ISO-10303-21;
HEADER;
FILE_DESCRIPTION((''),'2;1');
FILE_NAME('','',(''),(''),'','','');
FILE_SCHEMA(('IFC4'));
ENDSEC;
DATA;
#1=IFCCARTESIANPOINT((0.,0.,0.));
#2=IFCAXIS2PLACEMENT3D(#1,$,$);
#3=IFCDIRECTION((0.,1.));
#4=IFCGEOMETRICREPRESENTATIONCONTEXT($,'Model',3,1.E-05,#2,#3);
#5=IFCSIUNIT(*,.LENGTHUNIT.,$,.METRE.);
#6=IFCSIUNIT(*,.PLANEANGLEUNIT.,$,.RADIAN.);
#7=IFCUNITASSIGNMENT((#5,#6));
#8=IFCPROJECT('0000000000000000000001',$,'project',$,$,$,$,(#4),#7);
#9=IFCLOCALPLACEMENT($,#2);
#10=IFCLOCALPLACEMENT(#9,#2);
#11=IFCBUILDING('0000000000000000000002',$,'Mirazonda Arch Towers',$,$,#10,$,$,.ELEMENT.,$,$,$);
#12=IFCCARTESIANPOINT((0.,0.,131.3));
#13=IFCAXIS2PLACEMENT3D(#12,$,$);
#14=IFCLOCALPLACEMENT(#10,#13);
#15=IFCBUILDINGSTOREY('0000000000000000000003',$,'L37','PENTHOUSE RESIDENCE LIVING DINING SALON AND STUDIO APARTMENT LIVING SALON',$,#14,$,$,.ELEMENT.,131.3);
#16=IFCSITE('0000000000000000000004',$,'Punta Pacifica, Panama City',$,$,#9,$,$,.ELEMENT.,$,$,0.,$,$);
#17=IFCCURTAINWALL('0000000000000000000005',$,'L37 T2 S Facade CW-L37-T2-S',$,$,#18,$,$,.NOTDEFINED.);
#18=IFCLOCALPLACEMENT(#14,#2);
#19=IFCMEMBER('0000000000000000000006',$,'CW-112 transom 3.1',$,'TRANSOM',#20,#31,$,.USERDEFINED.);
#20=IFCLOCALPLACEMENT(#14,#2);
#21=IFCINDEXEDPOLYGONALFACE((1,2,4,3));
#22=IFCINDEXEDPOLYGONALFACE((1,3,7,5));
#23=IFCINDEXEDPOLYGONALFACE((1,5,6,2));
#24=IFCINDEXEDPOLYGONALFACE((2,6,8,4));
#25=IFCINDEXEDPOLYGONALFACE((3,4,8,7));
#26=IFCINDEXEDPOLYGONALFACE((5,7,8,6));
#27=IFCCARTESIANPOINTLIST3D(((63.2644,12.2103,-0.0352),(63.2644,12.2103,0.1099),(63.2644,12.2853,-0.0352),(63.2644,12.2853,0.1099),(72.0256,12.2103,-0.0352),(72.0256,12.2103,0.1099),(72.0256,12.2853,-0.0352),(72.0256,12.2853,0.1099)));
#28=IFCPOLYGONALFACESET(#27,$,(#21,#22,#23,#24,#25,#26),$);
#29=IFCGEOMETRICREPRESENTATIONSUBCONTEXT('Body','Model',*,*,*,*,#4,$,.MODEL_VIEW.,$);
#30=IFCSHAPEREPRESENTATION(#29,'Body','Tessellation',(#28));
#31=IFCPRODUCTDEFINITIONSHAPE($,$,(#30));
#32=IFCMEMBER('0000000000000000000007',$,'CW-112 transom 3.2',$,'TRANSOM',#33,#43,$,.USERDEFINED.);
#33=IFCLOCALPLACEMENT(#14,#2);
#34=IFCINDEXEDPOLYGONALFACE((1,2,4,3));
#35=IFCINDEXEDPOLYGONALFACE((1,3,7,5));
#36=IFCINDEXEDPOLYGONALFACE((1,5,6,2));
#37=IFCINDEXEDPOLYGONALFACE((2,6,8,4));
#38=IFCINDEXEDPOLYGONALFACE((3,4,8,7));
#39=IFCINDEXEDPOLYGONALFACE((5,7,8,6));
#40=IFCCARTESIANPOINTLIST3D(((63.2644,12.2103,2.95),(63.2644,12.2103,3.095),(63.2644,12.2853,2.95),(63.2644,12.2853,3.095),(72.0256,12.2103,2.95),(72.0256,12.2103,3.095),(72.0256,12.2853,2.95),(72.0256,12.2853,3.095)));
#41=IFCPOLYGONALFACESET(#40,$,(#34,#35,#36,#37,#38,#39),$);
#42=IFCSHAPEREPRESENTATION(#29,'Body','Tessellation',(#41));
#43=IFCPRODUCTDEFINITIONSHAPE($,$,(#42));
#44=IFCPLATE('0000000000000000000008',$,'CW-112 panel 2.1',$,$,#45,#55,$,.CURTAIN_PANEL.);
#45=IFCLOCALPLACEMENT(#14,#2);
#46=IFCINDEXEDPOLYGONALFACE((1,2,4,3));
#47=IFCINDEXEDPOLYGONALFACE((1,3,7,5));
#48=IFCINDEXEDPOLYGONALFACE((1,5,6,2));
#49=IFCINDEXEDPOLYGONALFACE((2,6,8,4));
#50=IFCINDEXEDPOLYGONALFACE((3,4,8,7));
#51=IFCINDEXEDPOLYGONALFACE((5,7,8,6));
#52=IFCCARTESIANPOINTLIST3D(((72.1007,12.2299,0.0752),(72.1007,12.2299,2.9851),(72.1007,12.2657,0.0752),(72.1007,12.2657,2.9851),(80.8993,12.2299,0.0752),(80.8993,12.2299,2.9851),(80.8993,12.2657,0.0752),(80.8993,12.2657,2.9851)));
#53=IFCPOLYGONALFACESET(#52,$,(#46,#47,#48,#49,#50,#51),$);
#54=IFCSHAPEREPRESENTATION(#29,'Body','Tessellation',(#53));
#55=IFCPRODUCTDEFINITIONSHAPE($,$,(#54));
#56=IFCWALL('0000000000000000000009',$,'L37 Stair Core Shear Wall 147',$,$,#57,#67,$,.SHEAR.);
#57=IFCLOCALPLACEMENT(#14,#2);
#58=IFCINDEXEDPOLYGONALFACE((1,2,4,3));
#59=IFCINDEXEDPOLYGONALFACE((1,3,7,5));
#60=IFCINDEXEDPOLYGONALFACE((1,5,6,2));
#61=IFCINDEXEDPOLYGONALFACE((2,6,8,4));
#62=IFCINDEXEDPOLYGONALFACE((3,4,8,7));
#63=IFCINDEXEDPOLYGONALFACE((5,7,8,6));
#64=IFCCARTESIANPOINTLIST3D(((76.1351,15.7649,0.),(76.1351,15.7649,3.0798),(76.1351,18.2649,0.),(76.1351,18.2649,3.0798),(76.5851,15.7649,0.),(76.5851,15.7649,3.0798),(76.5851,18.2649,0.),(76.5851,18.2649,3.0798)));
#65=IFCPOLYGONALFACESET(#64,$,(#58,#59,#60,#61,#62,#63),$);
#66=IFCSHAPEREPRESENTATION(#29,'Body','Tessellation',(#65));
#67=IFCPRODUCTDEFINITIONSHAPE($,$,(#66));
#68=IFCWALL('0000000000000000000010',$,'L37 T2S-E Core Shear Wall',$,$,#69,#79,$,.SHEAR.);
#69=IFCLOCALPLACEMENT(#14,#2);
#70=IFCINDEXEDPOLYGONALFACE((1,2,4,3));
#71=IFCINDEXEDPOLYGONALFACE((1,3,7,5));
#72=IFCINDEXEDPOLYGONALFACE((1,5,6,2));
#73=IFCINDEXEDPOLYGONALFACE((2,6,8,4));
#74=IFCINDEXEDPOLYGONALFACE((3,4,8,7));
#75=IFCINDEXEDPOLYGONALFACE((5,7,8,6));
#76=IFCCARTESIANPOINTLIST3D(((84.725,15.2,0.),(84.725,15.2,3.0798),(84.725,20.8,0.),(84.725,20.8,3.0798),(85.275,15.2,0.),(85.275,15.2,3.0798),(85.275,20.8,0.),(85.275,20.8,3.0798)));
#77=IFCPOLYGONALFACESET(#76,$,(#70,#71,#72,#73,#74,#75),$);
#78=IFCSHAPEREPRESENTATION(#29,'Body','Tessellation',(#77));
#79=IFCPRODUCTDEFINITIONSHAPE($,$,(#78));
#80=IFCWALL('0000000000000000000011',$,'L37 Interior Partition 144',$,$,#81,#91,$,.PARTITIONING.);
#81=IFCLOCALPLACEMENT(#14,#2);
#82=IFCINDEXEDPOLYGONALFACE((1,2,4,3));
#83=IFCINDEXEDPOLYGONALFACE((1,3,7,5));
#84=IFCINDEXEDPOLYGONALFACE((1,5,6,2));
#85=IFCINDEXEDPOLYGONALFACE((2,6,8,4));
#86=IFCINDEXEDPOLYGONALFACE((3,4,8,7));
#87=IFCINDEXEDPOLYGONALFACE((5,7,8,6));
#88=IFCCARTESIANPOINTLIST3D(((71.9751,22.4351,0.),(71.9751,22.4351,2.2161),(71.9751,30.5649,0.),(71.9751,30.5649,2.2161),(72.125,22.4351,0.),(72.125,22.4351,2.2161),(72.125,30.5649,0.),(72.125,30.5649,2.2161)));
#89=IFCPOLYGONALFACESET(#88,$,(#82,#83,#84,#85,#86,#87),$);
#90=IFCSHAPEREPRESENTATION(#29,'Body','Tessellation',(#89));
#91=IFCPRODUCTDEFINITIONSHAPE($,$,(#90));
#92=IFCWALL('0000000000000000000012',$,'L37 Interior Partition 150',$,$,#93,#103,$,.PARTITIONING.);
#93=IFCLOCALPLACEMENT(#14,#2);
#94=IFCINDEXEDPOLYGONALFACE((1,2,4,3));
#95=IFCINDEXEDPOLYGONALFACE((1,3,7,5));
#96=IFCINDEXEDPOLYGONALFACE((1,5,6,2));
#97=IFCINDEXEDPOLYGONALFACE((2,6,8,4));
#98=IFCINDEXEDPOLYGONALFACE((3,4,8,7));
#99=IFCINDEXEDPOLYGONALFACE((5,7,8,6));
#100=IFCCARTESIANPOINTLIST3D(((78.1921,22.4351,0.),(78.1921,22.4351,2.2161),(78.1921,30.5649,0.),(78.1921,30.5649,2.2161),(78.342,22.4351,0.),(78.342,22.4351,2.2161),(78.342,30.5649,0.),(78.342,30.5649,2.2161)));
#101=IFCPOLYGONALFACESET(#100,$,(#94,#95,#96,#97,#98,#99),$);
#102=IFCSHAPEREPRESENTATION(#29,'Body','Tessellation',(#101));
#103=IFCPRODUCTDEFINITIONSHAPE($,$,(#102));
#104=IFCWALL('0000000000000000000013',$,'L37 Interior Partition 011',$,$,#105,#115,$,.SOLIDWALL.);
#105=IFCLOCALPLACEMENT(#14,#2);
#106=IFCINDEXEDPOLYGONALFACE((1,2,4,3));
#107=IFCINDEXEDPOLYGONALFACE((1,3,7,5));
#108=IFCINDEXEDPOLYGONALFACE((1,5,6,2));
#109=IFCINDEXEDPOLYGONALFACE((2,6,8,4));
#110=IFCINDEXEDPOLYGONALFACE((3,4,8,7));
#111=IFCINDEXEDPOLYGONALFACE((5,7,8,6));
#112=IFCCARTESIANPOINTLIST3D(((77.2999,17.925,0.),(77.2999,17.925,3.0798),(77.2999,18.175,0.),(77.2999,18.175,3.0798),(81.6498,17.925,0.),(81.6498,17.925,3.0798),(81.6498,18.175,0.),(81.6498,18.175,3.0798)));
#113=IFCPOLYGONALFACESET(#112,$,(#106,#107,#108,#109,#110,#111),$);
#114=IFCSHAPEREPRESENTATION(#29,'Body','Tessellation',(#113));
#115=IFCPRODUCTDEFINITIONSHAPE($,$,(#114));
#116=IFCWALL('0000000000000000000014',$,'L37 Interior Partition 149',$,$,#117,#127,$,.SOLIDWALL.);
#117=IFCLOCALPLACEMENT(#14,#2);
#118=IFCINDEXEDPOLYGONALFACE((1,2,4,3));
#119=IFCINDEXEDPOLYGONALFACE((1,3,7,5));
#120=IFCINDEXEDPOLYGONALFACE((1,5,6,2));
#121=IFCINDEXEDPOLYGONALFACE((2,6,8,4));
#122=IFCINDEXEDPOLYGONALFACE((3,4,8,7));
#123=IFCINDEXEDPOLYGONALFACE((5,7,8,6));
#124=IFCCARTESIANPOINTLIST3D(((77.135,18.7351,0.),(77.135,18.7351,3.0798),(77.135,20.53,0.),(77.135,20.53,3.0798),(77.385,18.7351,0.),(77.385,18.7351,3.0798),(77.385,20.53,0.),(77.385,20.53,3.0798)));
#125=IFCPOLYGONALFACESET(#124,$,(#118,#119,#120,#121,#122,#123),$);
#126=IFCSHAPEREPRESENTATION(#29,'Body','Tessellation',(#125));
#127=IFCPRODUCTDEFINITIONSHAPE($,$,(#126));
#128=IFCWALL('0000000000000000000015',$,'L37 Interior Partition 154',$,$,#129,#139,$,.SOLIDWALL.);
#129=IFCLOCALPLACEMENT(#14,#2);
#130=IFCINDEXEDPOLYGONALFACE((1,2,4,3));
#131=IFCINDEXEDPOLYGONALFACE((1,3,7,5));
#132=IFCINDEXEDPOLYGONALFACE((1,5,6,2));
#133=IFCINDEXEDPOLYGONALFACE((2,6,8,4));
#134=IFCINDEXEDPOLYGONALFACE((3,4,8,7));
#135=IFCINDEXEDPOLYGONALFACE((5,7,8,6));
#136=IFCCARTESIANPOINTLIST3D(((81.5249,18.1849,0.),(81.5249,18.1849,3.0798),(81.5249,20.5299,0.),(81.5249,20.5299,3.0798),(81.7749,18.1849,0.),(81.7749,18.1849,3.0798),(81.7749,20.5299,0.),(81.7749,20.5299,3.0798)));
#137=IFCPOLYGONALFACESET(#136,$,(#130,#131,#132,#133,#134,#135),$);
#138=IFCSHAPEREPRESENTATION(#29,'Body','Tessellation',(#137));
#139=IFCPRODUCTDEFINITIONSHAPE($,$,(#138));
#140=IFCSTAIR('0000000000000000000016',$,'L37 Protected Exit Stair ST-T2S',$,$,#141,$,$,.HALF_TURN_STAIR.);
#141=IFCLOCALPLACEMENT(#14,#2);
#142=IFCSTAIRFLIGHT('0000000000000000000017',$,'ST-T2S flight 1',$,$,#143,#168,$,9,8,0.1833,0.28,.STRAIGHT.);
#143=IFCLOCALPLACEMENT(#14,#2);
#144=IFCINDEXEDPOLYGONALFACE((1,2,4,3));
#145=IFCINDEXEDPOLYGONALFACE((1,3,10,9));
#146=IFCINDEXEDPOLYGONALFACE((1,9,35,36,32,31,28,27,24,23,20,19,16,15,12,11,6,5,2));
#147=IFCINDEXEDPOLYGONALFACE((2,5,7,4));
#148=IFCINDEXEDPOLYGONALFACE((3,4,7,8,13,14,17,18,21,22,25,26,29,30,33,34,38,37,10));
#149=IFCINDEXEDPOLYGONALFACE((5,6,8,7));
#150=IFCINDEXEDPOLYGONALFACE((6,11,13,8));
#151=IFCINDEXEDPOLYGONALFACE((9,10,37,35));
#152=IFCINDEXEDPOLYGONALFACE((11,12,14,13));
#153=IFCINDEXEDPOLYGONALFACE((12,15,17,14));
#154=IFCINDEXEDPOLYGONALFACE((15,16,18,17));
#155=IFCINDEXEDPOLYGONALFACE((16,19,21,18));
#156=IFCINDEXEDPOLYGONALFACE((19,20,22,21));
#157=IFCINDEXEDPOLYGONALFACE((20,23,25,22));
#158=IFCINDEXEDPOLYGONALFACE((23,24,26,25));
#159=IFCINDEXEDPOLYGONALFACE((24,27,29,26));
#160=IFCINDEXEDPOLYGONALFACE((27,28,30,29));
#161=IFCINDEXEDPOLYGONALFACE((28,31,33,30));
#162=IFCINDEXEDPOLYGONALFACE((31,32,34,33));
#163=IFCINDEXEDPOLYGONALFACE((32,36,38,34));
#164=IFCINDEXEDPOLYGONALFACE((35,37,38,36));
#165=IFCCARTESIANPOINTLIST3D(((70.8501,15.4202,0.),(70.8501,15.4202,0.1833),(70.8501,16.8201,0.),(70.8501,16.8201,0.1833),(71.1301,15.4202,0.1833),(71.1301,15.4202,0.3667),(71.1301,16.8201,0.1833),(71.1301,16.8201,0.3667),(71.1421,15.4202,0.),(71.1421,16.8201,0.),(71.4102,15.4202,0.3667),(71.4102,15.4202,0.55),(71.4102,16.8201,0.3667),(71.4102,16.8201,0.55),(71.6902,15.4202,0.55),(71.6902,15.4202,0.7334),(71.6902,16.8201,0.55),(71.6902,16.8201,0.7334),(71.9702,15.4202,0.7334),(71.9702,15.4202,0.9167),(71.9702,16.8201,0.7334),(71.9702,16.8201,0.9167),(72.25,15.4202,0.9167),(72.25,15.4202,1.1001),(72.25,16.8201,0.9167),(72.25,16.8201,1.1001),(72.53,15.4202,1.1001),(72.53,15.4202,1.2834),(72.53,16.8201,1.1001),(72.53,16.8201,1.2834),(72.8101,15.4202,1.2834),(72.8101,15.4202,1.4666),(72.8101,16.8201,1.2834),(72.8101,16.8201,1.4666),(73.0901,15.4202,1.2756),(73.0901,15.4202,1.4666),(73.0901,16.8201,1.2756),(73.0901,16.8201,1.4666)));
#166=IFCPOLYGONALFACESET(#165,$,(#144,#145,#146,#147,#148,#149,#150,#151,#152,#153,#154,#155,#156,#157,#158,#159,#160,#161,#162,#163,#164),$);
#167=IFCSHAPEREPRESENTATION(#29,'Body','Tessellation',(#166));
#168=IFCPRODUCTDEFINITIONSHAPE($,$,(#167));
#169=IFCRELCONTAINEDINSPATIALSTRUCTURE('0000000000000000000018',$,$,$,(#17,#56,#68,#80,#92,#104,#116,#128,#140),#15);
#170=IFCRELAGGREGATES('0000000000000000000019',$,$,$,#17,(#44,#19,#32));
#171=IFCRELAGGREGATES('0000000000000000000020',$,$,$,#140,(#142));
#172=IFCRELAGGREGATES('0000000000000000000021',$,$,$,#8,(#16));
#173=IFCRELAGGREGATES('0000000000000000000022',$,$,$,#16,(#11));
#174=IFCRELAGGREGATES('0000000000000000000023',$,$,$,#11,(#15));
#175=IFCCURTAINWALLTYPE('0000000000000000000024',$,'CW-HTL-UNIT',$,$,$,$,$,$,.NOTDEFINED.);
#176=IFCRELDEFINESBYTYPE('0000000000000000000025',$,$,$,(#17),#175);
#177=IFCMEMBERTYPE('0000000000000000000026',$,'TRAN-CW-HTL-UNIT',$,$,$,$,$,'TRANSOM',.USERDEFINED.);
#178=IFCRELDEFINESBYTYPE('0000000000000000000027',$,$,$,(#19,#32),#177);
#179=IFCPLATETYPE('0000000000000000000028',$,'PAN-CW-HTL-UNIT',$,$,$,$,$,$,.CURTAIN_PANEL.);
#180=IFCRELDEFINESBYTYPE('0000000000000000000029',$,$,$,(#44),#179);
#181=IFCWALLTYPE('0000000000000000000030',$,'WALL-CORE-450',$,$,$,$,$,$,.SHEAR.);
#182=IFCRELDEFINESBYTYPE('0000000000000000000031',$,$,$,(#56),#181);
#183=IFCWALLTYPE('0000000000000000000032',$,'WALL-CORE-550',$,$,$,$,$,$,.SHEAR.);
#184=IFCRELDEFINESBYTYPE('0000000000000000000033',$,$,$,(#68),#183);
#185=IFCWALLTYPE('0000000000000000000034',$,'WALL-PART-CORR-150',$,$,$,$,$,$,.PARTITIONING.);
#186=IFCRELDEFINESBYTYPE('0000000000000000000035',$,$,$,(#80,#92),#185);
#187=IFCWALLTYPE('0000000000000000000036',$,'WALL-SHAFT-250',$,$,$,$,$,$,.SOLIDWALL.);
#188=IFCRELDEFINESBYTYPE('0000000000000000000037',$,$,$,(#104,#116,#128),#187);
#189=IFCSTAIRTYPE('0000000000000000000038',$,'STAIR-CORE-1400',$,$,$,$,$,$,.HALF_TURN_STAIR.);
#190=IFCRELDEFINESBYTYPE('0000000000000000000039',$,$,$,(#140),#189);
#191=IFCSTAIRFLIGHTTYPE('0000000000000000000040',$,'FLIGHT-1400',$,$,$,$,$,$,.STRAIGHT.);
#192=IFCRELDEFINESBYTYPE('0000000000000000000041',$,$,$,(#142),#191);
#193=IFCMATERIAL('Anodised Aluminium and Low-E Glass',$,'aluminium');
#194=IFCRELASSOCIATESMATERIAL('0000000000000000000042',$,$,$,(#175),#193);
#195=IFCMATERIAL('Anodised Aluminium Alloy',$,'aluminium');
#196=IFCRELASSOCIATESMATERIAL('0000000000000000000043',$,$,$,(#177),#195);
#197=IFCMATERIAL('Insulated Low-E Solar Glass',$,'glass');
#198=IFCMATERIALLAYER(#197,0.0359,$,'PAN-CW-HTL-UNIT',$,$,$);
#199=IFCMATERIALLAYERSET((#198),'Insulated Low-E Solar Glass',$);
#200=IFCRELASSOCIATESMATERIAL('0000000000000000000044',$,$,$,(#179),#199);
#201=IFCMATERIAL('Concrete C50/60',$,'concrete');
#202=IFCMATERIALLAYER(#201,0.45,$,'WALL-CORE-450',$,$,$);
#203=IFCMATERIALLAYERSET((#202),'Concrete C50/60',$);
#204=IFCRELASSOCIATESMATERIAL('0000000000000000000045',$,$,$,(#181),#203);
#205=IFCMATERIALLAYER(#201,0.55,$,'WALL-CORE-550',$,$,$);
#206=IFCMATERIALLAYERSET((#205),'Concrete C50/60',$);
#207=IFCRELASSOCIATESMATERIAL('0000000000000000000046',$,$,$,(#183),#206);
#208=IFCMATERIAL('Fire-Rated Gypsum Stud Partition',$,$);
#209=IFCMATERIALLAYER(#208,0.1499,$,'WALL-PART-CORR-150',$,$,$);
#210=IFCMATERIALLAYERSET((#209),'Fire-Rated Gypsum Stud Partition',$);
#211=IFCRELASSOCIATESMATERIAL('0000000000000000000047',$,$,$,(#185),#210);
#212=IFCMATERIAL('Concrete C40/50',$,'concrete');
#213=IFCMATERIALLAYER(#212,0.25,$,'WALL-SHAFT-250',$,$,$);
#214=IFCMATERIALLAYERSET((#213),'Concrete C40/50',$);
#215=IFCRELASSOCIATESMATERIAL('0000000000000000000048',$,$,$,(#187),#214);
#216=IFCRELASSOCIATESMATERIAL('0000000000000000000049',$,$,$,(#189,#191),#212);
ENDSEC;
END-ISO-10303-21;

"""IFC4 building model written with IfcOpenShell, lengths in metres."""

from ifc_helpers import new_model, si_unit, direction, frame, frame_2d, origin, origin_2d, place, context, subcontext, project, spatial, polyline, rectangle, outline, extrude, material, layer, layer_set, material_profile, profile_set, type_object, element, aggregate, save


model = new_model("IFC4")

# Units and contexts
model_context = context("Model", 3, precision=1e-05, world=origin(), true_north=direction((0.0, 1.0)))
body_context = subcontext(model_context, "Body", "Model", "MODEL_VIEW")
ifc_project = project(units=[si_unit("LENGTHUNIT", "METRE"), si_unit("PLANEANGLEUNIT", "RADIAN")], contexts=[model_context])

# Site, building, storey
site_placement = place(None, origin())
site = spatial("IfcSite", under=ifc_project, at=site_placement, Name="Punta Pacifica, Panama City", CompositionType="ELEMENT", RefElevation=0.0)
building_placement = place(site_placement, origin())
building = spatial("IfcBuilding", under=site, at=building_placement, Name="Mirazonda Arch Towers", CompositionType="ELEMENT")
storey_placement = place(building_placement, frame((0.0, 0.0, 131.3)))
storey = spatial("IfcBuildingStorey", under=building, at=storey_placement, Name="L37", Description="PENTHOUSE RESIDENCE LIVING DINING SALON AND STUDIO APARTMENT LIVING SALON", CompositionType="ELEMENT", Elevation=131.3)

# Shared definitions
ifc_material_1 = material(Name="Concrete C50/60", Category="concrete")

# Curtain wall, members, plate
ifc_material_2 = material(Name="Anodised Aluminium and Low-E Glass", Category="aluminium")
curtain_wall_type = type_object("IfcCurtainWallType", Name="CW-HTL-UNIT", PredefinedType="NOTDEFINED", material=ifc_material_2)
curtain_wall_placement = place(storey_placement, origin())
curtain_wall = element("IfcCurtainWall", 1, at=curtain_wall_placement, inside=storey, type_object=curtain_wall_type, Name="L37 T2 S Facade CW-L37-T2-S", PredefinedType="NOTDEFINED")
ifc_material_3 = material(Name="Anodised Aluminium Alloy", Category="aluminium")
ifc_material_profile_1 = material_profile(ifc_material_3, rectangle(XDim=0.075, YDim=0.145, at=origin_2d()), Name="ALU-TRAN-75x145")
ifc_profile_set_1 = profile_set([ifc_material_profile_1], Name="Anodised Aluminium Alloy")
member_type_1 = type_object("IfcMemberType", Name="TRAN-CW-HTL-UNIT", ElementType="TRANSOM", PredefinedType="USERDEFINED", material=ifc_profile_set_1)
member_1_placement = place(storey_placement, frame((72.0256, 12.2478, 0.0374), z_axis=(-1.0, 0.0, 0.0), x_axis=(0.0, -1.0, 0.0)))
member_1 = element("IfcMember", 2, at=member_1_placement, type_object=member_type_1, Name="CW-112 transom 3.1", ObjectType="TRANSOM", PredefinedType="USERDEFINED", context=body_context, shape_type="SweptSolid", body=[
    extrude(rectangle(XDim=0.075, YDim=0.145, at=origin_2d()), origin(), (0.0, 0.0, 1.0), 8.7612),
])
member_2_placement = place(storey_placement, frame((72.0256, 12.2478, 3.0225), z_axis=(-1.0, 0.0, 0.0), x_axis=(0.0, -1.0, 0.0)))
member_2 = element("IfcMember", 3, at=member_2_placement, type_object=member_type_1, Name="CW-112 transom 3.2", ObjectType="TRANSOM", PredefinedType="USERDEFINED", context=body_context, shape_type="SweptSolid", body=[
    extrude(rectangle(XDim=0.075, YDim=0.145, at=origin_2d()), origin(), (0.0, 0.0, 1.0), 8.7612),
])
ifc_material_4 = material(Name="Insulated Low-E Solar Glass", Category="glass")
ifc_layer_1 = layer(ifc_material_4, 0.0359, Name="PAN-CW-HTL-UNIT")
ifc_layer_set_1 = layer_set([ifc_layer_1], Name="Insulated Low-E Solar Glass")
plate_type = type_object("IfcPlateType", Name="PAN-CW-HTL-UNIT", PredefinedType="CURTAIN_PANEL", material=ifc_layer_set_1)
plate_placement = place(storey_placement, frame((76.5, 12.2478, 0.0752), z_axis=(0.0, 0.0, 1.0), x_axis=(-1.0, 0.0, 0.0)))
plate = element("IfcPlate", 4, at=plate_placement, type_object=plate_type, Name="CW-112 panel 2.1", PredefinedType="CURTAIN_PANEL", context=body_context, shape_type="SweptSolid", body=[
    extrude(rectangle(XDim=8.7986, YDim=0.0359, at=origin_2d()), origin(), (0.0, 0.0, 1.0), 2.9099),
])
aggregate(curtain_wall, [plate, member_1, member_2])

# Walls
ifc_layer_2 = layer(ifc_material_1, 0.45, Name="WALL-CORE-450")
ifc_layer_set_2 = layer_set([ifc_layer_2], Name="Concrete C50/60")
wall_type_1 = type_object("IfcWallType", Name="WALL-CORE-450", PredefinedType="SHEAR", material=ifc_layer_set_2)
wall_1_placement = place(storey_placement, frame((76.3601, 15.7649, 0.0), z_axis=(0.0, 0.0, 1.0), x_axis=(0.0, 1.0, 0.0)))
element("IfcWall", 5, at=wall_1_placement, inside=storey, type_object=wall_type_1, Name="L37 Stair Core Shear Wall 147", PredefinedType="SHEAR", context=body_context, shape_type="SweptSolid", body=[
    extrude(rectangle(XDim=2.5, YDim=0.45, at=frame_2d((1.25, 0.0))), origin(), (0.0, 0.0, 1.0), 3.0798),
])
ifc_layer_3 = layer(ifc_material_1, 0.55, Name="WALL-CORE-550")
ifc_layer_set_3 = layer_set([ifc_layer_3], Name="Concrete C50/60")
wall_type_2 = type_object("IfcWallType", Name="WALL-CORE-550", PredefinedType="SHEAR", material=ifc_layer_set_3)
wall_2_placement = place(storey_placement, frame((85.0, 15.2, 0.0), z_axis=(0.0, 0.0, 1.0), x_axis=(0.0, 1.0, 0.0)))
element("IfcWall", 6, at=wall_2_placement, inside=storey, type_object=wall_type_2, Name="L37 T2S-E Core Shear Wall", PredefinedType="SHEAR", context=body_context, shape_type="SweptSolid", body=[
    extrude(rectangle(XDim=5.6001, YDim=0.55, at=frame_2d((2.8, 0.0))), origin(), (0.0, 0.0, 1.0), 3.0798),
])
ifc_material_5 = material(Name="Fire-Rated Gypsum Stud Partition")
ifc_layer_4 = layer(ifc_material_5, 0.1499, Name="WALL-PART-CORR-150")
ifc_layer_set_4 = layer_set([ifc_layer_4], Name="Fire-Rated Gypsum Stud Partition")
wall_type_3 = type_object("IfcWallType", Name="WALL-PART-CORR-150", PredefinedType="PARTITIONING", material=ifc_layer_set_4)
for number, where, z_axis, x_axis, name in (
    (7, (72.05, 22.4351, 0.0), (0.0, 0.0, 1.0), (0.0, 1.0, 0.0), "L37 Interior Partition 144"),
    (8, (78.2671, 22.4351, 0.0), (0.0, 0.0, 1.0), (0.0, 1.0, 0.0), "L37 Interior Partition 150"),
):
    element("IfcWall", number, at=place(storey_placement, frame(where, z_axis=z_axis, x_axis=x_axis)), inside=storey, type_object=wall_type_3, Name=name, PredefinedType="PARTITIONING", context=body_context, shape_type="SweptSolid", body=[
        extrude(rectangle(XDim=8.1299, YDim=0.1499, at=frame_2d((4.0649, 0.0))), origin(), (0.0, 0.0, 1.0), 2.2161),
    ])
ifc_material_6 = material(Name="Concrete C40/50", Category="concrete")
ifc_layer_5 = layer(ifc_material_6, 0.25, Name="WALL-SHAFT-250")
ifc_layer_set_5 = layer_set([ifc_layer_5], Name="Concrete C40/50")
wall_type_4 = type_object("IfcWallType", Name="WALL-SHAFT-250", PredefinedType="SOLIDWALL", material=ifc_layer_set_5)
wall_3_placement = place(storey_placement, frame((77.3, 18.05, 0.0), z_axis=(0.0, 0.0, 1.0), x_axis=(1.0, 0.0, 0.0)))
element("IfcWall", 9, at=wall_3_placement, inside=storey, type_object=wall_type_4, Name="L37 Interior Partition 011", PredefinedType="SOLIDWALL", context=body_context, shape_type="SweptSolid", body=[
    extrude(rectangle(XDim=4.3499, YDim=0.25, at=frame_2d((2.1748, 0.0))), origin(), (0.0, 0.0, 1.0), 3.0798),
])
wall_4_placement = place(storey_placement, frame((77.26, 18.7351, 0.0), z_axis=(0.0, 0.0, 1.0), x_axis=(0.0, 1.0, 0.0)))
element("IfcWall", 10, at=wall_4_placement, inside=storey, type_object=wall_type_4, Name="L37 Interior Partition 149", PredefinedType="SOLIDWALL", context=body_context, shape_type="SweptSolid", body=[
    extrude(rectangle(XDim=1.7949, YDim=0.25, at=frame_2d((0.8975, 0.0))), origin(), (0.0, 0.0, 1.0), 3.0798),
])
wall_5_placement = place(storey_placement, frame((81.6499, 18.1851, 0.0), z_axis=(0.0, 0.0, 1.0), x_axis=(0.0, 1.0, 0.0)))
element("IfcWall", 11, at=wall_5_placement, inside=storey, type_object=wall_type_4, Name="L37 Interior Partition 154", PredefinedType="SOLIDWALL", context=body_context, shape_type="SweptSolid", body=[
    extrude(rectangle(XDim=2.345, YDim=0.25, at=frame_2d((1.1724, 0.0))), origin(), (0.0, 0.0, 1.0), 3.0798),
])

# Stair, stair flight
stair_type = type_object("IfcStairType", Name="STAIR-CORE-1400", PredefinedType="HALF_TURN_STAIR", material=ifc_material_6)
stair_placement = place(storey_placement, origin())
stair = element("IfcStair", 12, at=stair_placement, inside=storey, type_object=stair_type, Name="L37 Protected Exit Stair ST-T2S", PredefinedType="HALF_TURN_STAIR")
stair_flight_type = type_object("IfcStairFlightType", Name="FLIGHT-1400", PredefinedType="STRAIGHT", material=ifc_material_6)
stair_flight_1_placement = place(storey_placement, frame((70.8501, 16.1201, 0.0), z_axis=(0.0, 0.0, 1.0), x_axis=(1.0, 0.0, 0.0)))
stair_flight_1 = element("IfcStairFlight", 13, at=stair_flight_1_placement, type_object=stair_flight_type, Name="ST-T2S flight 1", NumberOfRisers=9, NumberOfTreads=8, PredefinedType="STRAIGHT", RiserHeight=0.1833, TreadLength=0.28, context=body_context, shape_type="SweptSolid", body=[
    extrude(outline(polyline([(0.0, 0.0), (0.0, 0.1833), (0.28, 0.1833), (0.28, 0.3667), (0.5601, 0.3667), (0.5601, 0.55), (0.8401, 0.55), (0.8401, 0.7334), (1.1201, 0.7334), (1.1201, 0.9167), (1.3999, 0.9167), (1.3999, 1.1001), (1.6799, 1.1001), (1.6799, 1.2834), (1.96, 1.2834), (1.96, 1.4666), (2.24, 1.4666), (2.24, 1.6499), (2.24, 1.2756), (0.292, 0.0), (0.0, 0.0)])), frame((0.0, 0.7, 0.0), z_axis=(0.0, -1.0, 0.0), x_axis=(1.0, 0.0, 0.0)), (0.0, 0.0, 1.0), 1.3999),
])
aggregate(stair, [stair_flight_1])

save(model, "model.ifc")
